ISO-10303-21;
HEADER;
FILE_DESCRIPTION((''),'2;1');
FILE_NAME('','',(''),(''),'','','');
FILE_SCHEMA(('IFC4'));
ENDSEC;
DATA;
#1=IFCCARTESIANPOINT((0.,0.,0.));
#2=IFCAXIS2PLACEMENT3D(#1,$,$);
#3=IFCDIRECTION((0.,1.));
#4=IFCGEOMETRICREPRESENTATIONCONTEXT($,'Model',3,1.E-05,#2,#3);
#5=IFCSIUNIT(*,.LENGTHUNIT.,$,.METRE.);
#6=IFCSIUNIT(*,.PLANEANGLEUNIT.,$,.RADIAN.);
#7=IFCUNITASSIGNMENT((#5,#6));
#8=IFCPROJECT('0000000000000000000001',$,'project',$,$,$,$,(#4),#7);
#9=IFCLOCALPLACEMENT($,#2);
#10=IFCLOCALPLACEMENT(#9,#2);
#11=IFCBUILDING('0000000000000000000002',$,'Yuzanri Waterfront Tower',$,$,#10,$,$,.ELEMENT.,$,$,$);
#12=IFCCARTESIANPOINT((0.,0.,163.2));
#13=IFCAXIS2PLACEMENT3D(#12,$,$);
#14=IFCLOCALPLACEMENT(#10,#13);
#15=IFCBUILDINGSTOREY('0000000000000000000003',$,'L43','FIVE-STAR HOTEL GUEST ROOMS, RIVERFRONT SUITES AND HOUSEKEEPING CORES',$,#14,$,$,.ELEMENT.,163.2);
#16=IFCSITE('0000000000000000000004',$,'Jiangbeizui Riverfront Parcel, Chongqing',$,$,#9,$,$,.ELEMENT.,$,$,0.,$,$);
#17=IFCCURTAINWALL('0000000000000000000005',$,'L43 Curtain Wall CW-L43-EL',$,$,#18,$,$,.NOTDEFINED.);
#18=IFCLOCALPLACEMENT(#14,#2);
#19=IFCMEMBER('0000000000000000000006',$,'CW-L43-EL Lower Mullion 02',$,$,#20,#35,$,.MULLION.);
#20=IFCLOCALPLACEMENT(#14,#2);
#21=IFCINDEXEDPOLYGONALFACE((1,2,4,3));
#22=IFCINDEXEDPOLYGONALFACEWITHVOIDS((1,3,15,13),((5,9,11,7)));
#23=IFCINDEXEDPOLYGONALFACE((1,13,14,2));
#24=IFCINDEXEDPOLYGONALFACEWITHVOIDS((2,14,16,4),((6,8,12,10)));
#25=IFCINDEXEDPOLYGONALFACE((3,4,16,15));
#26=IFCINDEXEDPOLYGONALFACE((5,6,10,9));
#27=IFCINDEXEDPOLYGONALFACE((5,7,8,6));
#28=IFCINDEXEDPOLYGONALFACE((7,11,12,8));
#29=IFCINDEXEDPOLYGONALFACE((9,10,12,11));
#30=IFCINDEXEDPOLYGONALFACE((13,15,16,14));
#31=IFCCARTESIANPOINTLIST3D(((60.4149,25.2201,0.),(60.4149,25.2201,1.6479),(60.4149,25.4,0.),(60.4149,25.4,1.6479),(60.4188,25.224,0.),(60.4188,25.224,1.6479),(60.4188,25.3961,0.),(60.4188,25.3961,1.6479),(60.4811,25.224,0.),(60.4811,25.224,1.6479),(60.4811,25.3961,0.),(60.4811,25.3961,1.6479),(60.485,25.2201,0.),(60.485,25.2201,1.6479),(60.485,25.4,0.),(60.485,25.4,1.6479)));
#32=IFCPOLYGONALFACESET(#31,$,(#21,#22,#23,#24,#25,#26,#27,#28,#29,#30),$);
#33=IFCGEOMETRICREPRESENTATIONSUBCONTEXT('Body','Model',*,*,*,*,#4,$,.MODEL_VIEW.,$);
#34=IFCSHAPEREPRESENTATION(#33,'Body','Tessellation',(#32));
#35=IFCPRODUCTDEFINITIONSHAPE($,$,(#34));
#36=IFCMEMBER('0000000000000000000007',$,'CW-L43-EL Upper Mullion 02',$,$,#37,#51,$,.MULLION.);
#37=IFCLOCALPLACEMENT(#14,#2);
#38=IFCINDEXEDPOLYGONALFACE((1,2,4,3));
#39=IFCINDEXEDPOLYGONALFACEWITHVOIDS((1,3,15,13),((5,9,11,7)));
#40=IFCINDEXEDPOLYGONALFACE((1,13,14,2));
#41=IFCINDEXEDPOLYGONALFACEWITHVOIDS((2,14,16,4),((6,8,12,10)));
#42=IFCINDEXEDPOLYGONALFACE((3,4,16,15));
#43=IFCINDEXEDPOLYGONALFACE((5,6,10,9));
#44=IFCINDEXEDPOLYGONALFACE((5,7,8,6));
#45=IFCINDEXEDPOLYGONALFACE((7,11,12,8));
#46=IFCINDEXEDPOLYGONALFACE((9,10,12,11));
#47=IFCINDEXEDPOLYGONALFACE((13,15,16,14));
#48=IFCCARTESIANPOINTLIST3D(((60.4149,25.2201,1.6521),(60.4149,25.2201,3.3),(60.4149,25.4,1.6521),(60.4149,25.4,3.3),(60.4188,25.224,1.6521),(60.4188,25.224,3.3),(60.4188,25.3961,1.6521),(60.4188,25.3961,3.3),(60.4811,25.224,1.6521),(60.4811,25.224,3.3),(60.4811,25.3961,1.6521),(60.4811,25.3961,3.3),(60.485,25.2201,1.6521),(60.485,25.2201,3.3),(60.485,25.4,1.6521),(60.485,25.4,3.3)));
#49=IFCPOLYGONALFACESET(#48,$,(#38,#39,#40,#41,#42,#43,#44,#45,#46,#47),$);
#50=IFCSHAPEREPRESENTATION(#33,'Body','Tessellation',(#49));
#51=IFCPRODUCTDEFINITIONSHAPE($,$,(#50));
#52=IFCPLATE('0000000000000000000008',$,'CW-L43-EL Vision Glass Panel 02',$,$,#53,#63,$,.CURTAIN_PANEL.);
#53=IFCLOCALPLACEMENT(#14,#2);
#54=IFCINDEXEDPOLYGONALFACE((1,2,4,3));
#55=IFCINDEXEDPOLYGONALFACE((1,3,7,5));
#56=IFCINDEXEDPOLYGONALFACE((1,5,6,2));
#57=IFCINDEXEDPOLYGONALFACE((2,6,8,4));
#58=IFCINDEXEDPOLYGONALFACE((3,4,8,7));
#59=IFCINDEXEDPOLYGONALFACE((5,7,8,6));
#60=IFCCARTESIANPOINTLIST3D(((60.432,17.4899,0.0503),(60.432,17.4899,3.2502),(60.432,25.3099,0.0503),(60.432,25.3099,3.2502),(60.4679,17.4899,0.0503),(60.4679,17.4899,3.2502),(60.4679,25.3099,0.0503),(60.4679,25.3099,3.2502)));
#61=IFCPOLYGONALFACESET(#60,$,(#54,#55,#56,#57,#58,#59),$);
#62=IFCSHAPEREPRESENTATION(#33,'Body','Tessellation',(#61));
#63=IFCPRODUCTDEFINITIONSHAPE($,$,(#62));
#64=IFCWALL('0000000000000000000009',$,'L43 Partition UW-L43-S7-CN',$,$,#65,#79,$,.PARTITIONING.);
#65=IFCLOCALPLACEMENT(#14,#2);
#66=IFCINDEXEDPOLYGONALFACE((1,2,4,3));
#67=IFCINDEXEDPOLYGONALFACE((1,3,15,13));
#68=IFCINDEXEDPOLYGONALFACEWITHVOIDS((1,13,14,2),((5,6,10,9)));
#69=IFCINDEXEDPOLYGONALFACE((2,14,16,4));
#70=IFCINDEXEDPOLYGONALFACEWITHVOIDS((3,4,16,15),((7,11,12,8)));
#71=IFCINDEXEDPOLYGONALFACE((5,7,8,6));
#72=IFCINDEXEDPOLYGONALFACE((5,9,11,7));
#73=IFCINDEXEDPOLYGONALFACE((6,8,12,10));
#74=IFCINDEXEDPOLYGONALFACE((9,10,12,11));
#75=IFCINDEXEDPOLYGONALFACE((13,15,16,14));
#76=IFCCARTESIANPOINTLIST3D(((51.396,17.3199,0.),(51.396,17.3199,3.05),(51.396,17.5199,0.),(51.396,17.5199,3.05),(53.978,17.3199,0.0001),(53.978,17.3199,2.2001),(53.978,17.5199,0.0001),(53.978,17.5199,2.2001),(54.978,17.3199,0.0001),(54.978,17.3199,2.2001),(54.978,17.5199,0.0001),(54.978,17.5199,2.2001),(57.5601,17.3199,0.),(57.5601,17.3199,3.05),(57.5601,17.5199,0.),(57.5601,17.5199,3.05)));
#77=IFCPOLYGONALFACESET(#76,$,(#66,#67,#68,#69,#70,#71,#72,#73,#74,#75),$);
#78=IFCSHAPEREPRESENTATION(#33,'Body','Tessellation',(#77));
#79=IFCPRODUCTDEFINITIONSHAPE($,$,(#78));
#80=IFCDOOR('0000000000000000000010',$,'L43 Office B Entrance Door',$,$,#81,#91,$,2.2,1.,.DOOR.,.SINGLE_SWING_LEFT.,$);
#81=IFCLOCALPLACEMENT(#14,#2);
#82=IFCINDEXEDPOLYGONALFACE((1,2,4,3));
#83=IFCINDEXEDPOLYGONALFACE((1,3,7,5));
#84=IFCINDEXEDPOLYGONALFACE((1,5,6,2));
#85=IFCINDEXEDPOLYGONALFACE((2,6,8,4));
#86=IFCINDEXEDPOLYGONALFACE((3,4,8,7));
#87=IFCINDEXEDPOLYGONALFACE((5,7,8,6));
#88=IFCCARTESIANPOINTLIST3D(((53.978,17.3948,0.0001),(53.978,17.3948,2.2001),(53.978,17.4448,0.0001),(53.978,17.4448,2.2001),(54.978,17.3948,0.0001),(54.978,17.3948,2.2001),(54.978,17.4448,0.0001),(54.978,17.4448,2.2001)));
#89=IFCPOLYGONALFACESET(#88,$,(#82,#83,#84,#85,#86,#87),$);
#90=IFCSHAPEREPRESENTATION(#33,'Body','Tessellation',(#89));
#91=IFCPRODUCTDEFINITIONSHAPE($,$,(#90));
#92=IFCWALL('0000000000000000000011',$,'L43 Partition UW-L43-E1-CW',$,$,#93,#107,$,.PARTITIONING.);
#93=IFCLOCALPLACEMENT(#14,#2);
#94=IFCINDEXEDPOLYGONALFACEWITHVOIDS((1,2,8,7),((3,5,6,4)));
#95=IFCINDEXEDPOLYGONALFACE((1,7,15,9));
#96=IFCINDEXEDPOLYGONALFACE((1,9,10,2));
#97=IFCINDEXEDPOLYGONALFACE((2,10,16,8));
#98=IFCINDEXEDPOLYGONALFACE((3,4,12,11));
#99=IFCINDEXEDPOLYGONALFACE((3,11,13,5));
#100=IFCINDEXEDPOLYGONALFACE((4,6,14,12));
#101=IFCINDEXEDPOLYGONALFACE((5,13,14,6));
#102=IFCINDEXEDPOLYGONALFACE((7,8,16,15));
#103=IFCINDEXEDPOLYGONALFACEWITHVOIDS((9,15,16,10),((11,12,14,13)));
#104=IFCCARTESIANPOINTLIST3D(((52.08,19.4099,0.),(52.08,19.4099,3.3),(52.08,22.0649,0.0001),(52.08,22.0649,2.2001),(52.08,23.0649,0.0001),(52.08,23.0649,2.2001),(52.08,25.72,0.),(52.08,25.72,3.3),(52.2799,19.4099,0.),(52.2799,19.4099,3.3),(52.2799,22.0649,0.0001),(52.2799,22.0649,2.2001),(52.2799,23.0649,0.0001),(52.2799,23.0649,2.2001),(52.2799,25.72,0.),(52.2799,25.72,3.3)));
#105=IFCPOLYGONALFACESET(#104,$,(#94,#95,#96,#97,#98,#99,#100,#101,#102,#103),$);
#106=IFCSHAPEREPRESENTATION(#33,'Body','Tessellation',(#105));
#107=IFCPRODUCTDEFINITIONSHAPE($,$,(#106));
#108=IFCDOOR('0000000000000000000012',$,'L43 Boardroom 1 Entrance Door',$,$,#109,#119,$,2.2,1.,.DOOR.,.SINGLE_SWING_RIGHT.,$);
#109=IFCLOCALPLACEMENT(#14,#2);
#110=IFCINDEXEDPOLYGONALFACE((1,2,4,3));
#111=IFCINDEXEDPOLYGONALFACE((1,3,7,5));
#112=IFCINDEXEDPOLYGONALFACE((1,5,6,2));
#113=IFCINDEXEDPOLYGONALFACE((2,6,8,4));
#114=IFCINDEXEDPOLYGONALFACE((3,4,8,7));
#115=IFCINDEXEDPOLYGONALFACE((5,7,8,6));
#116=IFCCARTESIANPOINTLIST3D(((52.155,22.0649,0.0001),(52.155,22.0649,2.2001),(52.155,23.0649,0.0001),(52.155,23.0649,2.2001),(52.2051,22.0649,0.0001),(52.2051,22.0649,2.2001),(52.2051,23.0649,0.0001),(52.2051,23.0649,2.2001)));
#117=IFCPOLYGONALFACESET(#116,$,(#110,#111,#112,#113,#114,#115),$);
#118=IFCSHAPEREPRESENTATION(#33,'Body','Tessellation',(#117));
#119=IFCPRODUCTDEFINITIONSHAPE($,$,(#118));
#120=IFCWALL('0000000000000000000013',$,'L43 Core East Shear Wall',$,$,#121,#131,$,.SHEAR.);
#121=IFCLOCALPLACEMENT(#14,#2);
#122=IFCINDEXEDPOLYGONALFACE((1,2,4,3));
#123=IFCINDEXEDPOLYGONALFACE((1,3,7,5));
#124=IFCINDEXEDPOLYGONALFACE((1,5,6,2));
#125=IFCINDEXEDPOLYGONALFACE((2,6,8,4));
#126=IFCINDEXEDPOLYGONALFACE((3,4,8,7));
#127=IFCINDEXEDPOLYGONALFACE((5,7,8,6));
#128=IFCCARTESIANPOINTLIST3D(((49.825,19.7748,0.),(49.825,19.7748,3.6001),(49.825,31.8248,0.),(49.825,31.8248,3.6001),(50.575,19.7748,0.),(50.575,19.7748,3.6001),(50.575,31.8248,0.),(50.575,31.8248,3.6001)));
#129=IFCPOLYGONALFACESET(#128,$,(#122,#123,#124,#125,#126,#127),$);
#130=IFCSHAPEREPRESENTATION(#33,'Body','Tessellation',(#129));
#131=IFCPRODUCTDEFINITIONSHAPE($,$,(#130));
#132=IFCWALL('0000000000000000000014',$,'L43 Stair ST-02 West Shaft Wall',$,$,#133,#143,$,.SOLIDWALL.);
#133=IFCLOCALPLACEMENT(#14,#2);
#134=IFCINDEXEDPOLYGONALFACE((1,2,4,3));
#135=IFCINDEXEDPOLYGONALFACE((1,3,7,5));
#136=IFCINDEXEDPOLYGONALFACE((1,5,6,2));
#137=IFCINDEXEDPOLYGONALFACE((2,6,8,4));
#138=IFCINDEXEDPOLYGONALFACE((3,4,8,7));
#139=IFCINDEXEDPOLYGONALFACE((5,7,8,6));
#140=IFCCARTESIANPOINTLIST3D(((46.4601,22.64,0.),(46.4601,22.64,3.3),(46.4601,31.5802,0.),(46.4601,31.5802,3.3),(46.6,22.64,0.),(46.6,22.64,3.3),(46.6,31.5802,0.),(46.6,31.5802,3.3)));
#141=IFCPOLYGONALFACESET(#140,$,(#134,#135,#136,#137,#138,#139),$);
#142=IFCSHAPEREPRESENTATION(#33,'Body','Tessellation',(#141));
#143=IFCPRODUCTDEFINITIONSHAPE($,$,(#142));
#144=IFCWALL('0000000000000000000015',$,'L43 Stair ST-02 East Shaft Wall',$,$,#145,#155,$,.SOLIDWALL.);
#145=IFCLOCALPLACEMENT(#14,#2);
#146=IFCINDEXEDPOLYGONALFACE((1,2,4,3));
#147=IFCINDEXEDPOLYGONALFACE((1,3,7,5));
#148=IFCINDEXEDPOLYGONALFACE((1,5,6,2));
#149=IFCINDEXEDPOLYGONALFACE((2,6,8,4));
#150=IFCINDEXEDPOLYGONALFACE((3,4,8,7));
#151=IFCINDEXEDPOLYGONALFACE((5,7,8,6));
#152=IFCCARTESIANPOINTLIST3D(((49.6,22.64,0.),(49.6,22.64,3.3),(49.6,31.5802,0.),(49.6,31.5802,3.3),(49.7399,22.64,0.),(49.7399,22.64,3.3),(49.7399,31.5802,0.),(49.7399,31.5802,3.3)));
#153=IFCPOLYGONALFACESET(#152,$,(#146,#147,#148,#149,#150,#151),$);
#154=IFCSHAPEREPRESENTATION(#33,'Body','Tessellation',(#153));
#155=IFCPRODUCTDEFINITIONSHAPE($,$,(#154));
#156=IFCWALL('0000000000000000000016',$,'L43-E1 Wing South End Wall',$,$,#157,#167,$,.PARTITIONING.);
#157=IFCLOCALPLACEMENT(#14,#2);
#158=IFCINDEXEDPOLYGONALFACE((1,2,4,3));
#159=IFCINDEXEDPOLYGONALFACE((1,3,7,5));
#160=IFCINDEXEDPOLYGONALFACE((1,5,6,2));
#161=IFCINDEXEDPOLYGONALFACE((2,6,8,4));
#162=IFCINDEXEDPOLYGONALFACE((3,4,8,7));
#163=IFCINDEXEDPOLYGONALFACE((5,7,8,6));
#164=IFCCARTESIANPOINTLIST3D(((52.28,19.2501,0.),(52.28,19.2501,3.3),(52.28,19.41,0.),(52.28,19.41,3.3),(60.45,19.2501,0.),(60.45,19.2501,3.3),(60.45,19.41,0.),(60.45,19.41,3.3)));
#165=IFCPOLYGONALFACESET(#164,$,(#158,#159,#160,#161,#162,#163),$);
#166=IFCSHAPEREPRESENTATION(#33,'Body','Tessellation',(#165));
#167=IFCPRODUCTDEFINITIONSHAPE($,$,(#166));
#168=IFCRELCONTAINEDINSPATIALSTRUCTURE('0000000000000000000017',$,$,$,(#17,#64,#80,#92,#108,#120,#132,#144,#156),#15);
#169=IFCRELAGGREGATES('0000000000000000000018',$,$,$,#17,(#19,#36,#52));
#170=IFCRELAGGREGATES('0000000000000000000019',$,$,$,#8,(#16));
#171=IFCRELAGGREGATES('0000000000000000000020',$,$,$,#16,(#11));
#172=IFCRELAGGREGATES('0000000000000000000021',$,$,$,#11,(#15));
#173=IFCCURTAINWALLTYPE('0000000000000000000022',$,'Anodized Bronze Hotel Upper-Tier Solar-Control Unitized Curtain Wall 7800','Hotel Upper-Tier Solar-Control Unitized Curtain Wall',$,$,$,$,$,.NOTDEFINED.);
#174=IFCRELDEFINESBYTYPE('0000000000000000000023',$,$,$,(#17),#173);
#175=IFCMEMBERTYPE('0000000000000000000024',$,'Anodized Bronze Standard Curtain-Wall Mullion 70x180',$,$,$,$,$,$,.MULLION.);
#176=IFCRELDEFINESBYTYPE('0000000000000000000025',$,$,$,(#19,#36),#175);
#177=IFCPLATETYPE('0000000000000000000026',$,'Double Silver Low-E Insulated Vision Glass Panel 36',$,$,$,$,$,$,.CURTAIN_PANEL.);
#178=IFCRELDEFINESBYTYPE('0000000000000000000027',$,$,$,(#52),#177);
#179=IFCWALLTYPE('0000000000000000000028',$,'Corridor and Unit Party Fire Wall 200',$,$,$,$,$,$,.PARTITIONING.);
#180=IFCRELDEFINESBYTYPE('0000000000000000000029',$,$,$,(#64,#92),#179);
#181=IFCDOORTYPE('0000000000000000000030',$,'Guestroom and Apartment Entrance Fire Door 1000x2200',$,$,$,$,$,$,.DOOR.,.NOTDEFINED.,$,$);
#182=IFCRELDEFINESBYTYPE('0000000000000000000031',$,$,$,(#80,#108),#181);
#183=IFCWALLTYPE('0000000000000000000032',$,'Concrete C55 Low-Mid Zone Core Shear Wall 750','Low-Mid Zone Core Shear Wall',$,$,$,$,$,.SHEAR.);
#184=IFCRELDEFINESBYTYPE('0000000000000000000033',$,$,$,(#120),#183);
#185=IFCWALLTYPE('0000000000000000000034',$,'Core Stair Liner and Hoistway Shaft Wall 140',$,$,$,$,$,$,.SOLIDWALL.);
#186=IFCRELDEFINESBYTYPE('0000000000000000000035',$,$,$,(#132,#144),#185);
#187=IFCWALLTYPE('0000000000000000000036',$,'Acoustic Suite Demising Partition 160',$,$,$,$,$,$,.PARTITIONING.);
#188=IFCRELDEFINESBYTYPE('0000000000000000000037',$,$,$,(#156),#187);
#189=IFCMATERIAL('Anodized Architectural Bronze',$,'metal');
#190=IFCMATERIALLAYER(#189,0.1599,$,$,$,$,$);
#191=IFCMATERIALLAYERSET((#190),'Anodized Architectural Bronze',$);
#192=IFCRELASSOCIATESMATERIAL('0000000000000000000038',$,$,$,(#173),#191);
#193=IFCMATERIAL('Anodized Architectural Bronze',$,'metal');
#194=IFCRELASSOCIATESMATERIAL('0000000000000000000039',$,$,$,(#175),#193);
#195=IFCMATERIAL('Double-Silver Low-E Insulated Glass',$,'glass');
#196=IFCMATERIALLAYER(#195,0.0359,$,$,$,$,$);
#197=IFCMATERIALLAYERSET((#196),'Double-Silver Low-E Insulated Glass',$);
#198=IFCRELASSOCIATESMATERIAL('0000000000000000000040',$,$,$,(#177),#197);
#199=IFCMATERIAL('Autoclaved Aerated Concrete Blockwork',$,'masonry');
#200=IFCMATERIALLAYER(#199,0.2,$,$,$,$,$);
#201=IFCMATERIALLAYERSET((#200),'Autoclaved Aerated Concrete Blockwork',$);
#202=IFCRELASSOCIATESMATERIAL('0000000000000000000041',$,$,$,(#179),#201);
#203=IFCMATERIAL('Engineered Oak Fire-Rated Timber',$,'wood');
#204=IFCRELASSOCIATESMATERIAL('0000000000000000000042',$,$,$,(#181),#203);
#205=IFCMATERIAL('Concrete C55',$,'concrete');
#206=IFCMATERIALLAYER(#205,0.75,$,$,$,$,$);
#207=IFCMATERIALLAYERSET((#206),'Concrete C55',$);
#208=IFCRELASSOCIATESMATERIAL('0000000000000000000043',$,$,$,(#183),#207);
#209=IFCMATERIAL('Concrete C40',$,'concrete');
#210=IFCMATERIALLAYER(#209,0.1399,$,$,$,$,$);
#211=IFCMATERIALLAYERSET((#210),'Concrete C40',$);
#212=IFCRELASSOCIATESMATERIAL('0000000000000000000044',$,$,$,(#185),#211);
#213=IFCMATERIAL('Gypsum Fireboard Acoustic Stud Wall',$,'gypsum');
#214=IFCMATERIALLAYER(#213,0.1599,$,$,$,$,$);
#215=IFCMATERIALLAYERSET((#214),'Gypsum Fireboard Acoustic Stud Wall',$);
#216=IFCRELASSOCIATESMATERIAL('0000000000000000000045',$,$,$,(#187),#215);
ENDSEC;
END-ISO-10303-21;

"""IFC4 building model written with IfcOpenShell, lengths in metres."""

from ifc_helpers import new_model, si_unit, direction, frame, frame_2d, origin, origin_2d, place, context, subcontext, project, spatial, rectangle, hollow_rectangle, extrude, source, transform, mapped, material, layer, layer_set, material_profile, profile_set, type_object, element, fill, aggregate, save


model = new_model("IFC4")

# Units and contexts
model_context = context("Model", 3, precision=1e-05, world=origin(), true_north=direction((0.0, 1.0)))
body_context = subcontext(model_context, "Body", "Model", "MODEL_VIEW")
ifc_project = project(units=[si_unit("LENGTHUNIT", "METRE"), si_unit("PLANEANGLEUNIT", "RADIAN")], contexts=[model_context])

# Site, building, storey
site_placement = place(None, origin())
site = spatial("IfcSite", under=ifc_project, at=site_placement, Name="Jiangbeizui Riverfront Parcel, Chongqing", CompositionType="ELEMENT", RefElevation=0.0)
building_placement = place(site_placement, origin())
building = spatial("IfcBuilding", under=site, at=building_placement, Name="Yuzanri Waterfront Tower", CompositionType="ELEMENT")
storey_placement = place(building_placement, frame((0.0, 0.0, 163.2)))
storey = spatial("IfcBuildingStorey", under=building, at=storey_placement, Name="L43", Description="FIVE-STAR HOTEL GUEST ROOMS, RIVERFRONT SUITES AND HOUSEKEEPING CORES", CompositionType="ELEMENT", Elevation=163.2)

# Curtain wall, members, plate
ifc_material_1 = material(Name="Anodized Architectural Bronze", Category="metal")
ifc_layer_1 = layer(ifc_material_1, 0.1599)
ifc_layer_set_1 = layer_set([ifc_layer_1], Name="Anodized Architectural Bronze")
curtain_wall_type = type_object("IfcCurtainWallType", Name="Anodized Bronze Hotel Upper-Tier Solar-Control Unitized Curtain Wall 7800", Description="Hotel Upper-Tier Solar-Control Unitized Curtain Wall", PredefinedType="NOTDEFINED", material=ifc_layer_set_1)
curtain_wall_placement = place(storey_placement, origin())
curtain_wall = element("IfcCurtainWall", 1, at=curtain_wall_placement, inside=storey, type_object=curtain_wall_type, Name="L43 Curtain Wall CW-L43-EL", PredefinedType="NOTDEFINED")
ifc_material_2 = material(Name="Anodized Architectural Bronze", Category="metal")
ifc_material_profile_1 = material_profile(ifc_material_2, hollow_rectangle(XDim=0.0701, YDim=0.1799, WallThickness=0.0039, at=origin_2d()), Name="CWM 70x180")
ifc_profile_set_1 = profile_set([ifc_material_profile_1], Name="Anodized Architectural Bronze")
member_type = type_object("IfcMemberType", Name="Anodized Bronze Standard Curtain-Wall Mullion 70x180", PredefinedType="MULLION", material=ifc_profile_set_1)
shared_shape_1 = source(origin(), body_context, "Body", "SweptSolid", [
    extrude(hollow_rectangle(XDim=0.0701, YDim=0.1799, WallThickness=0.0039, at=origin_2d()), origin(), (0.0, 0.0, 1.0), 1.6479),
])
member_1_placement = place(storey_placement, frame((60.45, 25.3101, 0.0), z_axis=(0.0, 0.0, 1.0), x_axis=(1.0, 0.0, 0.0)))
member_1 = element("IfcMember", 2, at=member_1_placement, type_object=member_type, Name="CW-L43-EL Lower Mullion 02", PredefinedType="MULLION", context=body_context, shape_type="MappedRepresentation", body=[
    mapped(shared_shape_1, transform((0.0, 0.0, 0.0), scale=1.0)),
])
member_2_placement = place(storey_placement, frame((60.45, 25.3101, 1.6521), z_axis=(0.0, 0.0, 1.0), x_axis=(1.0, 0.0, 0.0)))
member_2 = element("IfcMember", 3, at=member_2_placement, type_object=member_type, Name="CW-L43-EL Upper Mullion 02", PredefinedType="MULLION", context=body_context, shape_type="MappedRepresentation", body=[
    mapped(shared_shape_1, transform((0.0, 0.0, 0.0), scale=1.0)),
])
ifc_material_3 = material(Name="Double-Silver Low-E Insulated Glass", Category="glass")
ifc_layer_2 = layer(ifc_material_3, 0.0359)
ifc_layer_set_2 = layer_set([ifc_layer_2], Name="Double-Silver Low-E Insulated Glass")
plate_type = type_object("IfcPlateType", Name="Double Silver Low-E Insulated Vision Glass Panel 36", PredefinedType="CURTAIN_PANEL", material=ifc_layer_set_2)
shared_shape_2 = source(origin(), body_context, "Body", "SweptSolid", [
    extrude(rectangle(XDim=7.8201, YDim=0.0359, at=origin_2d()), origin(), (0.0, 0.0, 1.0), 3.2),
])
plate_placement = place(storey_placement, frame((60.45, 21.3999, 0.0503), z_axis=(0.0, 0.0, 1.0), x_axis=(0.0, 1.0, 0.0)))
plate = element("IfcPlate", 4, at=plate_placement, type_object=plate_type, Name="CW-L43-EL Vision Glass Panel 02", PredefinedType="CURTAIN_PANEL", context=body_context, shape_type="MappedRepresentation", body=[
    mapped(shared_shape_2, transform((0.0, 0.0, 0.0), scale=1.0)),
])
aggregate(curtain_wall, [member_1, member_2, plate])

# Walls, openings, doors
ifc_material_4 = material(Name="Autoclaved Aerated Concrete Blockwork", Category="masonry")
ifc_layer_3 = layer(ifc_material_4, 0.2)
ifc_layer_set_3 = layer_set([ifc_layer_3], Name="Autoclaved Aerated Concrete Blockwork")
wall_type_1 = type_object("IfcWallType", Name="Corridor and Unit Party Fire Wall 200", PredefinedType="PARTITIONING", material=ifc_layer_set_3)
wall_1_placement = place(storey_placement, frame((51.396, 17.4199, 0.0), z_axis=(0.0, 0.0, 1.0), x_axis=(1.0, 0.0, 0.0)))
wall_1 = element("IfcWall", 5, at=wall_1_placement, inside=storey, type_object=wall_type_1, Name="L43 Partition UW-L43-S7-CN", PredefinedType="PARTITIONING", context=body_context, shape_type="SweptSolid", body=[
    extrude(rectangle(XDim=6.1641, YDim=0.2, at=frame_2d((3.082, 0.0))), origin(), (0.0, 0.0, 1.0), 3.05),
])
opening_1_placement = place(wall_1_placement, frame((2.582, 0.0, 0.0)))
opening_1 = element("IfcOpeningElement", 6, at=opening_1_placement, cuts=wall_1, PredefinedType="OPENING", context=body_context, shape_type="SweptSolid", body=[
    extrude(rectangle(XDim=1.0, YDim=2.2, at=frame_2d((0.5, 1.1001))), frame((0.0, 0.1147, 0.0), z_axis=(0.0, -1.0, 0.0), x_axis=(1.0, 0.0, 0.0)), (0.0, 0.0, 1.0), 0.2297),
])
ifc_material_5 = material(Name="Engineered Oak Fire-Rated Timber", Category="wood")
door_type = type_object("IfcDoorType", Name="Guestroom and Apartment Entrance Fire Door 1000x2200", OperationType="NOTDEFINED", PredefinedType="DOOR", material=ifc_material_5)
shared_shape_3 = source(origin(), body_context, "Body", "SweptSolid", [
    extrude(rectangle(XDim=1.0, YDim=2.2, at=frame_2d((0.5, 1.1001))), frame((0.0, 0.0249, 0.0), z_axis=(0.0, -1.0, 0.0), x_axis=(1.0, 0.0, 0.0)), (0.0, 0.0, 1.0), 0.05),
])
door_1_placement = place(opening_1_placement, origin())
door_1 = element("IfcDoor", 7, at=door_1_placement, inside=storey, type_object=door_type, Name="L43 Office B Entrance Door", OperationType="SINGLE_SWING_LEFT", OverallHeight=2.2, OverallWidth=1.0, PredefinedType="DOOR", context=body_context, shape_type="MappedRepresentation", body=[
    mapped(shared_shape_3, transform((0.0, 0.0, 0.0), scale=1.0)),
])
fill(opening_1, door_1)
wall_2_placement = place(storey_placement, frame((52.1799, 19.4099, 0.0), z_axis=(0.0, 0.0, 1.0), x_axis=(0.0, 1.0, 0.0)))
wall_2 = element("IfcWall", 8, at=wall_2_placement, inside=storey, type_object=wall_type_1, Name="L43 Partition UW-L43-E1-CW", PredefinedType="PARTITIONING", context=body_context, shape_type="SweptSolid", body=[
    extrude(rectangle(XDim=6.3101, YDim=0.2, at=frame_2d((3.155, 0.0))), origin(), (0.0, 0.0, 1.0), 3.3),
])
opening_2_placement = place(wall_2_placement, frame((2.655, 0.0, 0.0)))
opening_2 = element("IfcOpeningElement", 9, at=opening_2_placement, cuts=wall_2, PredefinedType="OPENING", context=body_context, shape_type="SweptSolid", body=[
    extrude(rectangle(XDim=1.0, YDim=2.2, at=frame_2d((0.5, 1.1001))), frame((0.0, 0.1147, 0.0), z_axis=(0.0, -1.0, 0.0), x_axis=(1.0, 0.0, 0.0)), (0.0, 0.0, 1.0), 0.2297),
])
door_2_placement = place(opening_2_placement, origin())
door_2 = element("IfcDoor", 10, at=door_2_placement, inside=storey, type_object=door_type, Name="L43 Boardroom 1 Entrance Door", OperationType="SINGLE_SWING_RIGHT", OverallHeight=2.2, OverallWidth=1.0, PredefinedType="DOOR", context=body_context, shape_type="MappedRepresentation", body=[
    mapped(shared_shape_3, transform((0.0, 0.0, 0.0), scale=1.0)),
])
fill(opening_2, door_2)

# Walls
ifc_material_6 = material(Name="Concrete C55", Category="concrete")
ifc_layer_4 = layer(ifc_material_6, 0.75)
ifc_layer_set_4 = layer_set([ifc_layer_4], Name="Concrete C55")
wall_type_2 = type_object("IfcWallType", Name="Concrete C55 Low-Mid Zone Core Shear Wall 750", Description="Low-Mid Zone Core Shear Wall", PredefinedType="SHEAR", material=ifc_layer_set_4)
shared_shape_4 = source(origin(), body_context, "Body", "SweptSolid", [
    extrude(rectangle(XDim=12.05, YDim=0.75, at=frame_2d((6.0249, 0.0))), origin(), (0.0, 0.0, 1.0), 3.6001),
])
wall_3_placement = place(storey_placement, frame((50.2, 19.7749, 0.0), z_axis=(0.0, 0.0, 1.0), x_axis=(0.0, 1.0, 0.0)))
element("IfcWall", 11, at=wall_3_placement, inside=storey, type_object=wall_type_2, Name="L43 Core East Shear Wall", PredefinedType="SHEAR", context=body_context, shape_type="MappedRepresentation", body=[
    mapped(shared_shape_4, transform((0.0, 0.0, 0.0), scale=1.0)),
])
ifc_material_7 = material(Name="Concrete C40", Category="concrete")
ifc_layer_5 = layer(ifc_material_7, 0.1399)
ifc_layer_set_5 = layer_set([ifc_layer_5], Name="Concrete C40")
wall_type_3 = type_object("IfcWallType", Name="Core Stair Liner and Hoistway Shaft Wall 140", PredefinedType="SOLIDWALL", material=ifc_layer_set_5)
shared_shape_5 = source(origin(), body_context, "Body", "SweptSolid", [
    extrude(rectangle(XDim=8.9402, YDim=0.1399, at=frame_2d((4.4702, 0.0))), origin(), (0.0, 0.0, 1.0), 3.3),
])
for number, where, z_axis, x_axis, name in (
    (12, (46.53, 22.6399, 0.0), (0.0, 0.0, 1.0), (0.0, 1.0, 0.0), "L43 Stair ST-02 West Shaft Wall"),
    (13, (49.6699, 22.6399, 0.0), (0.0, 0.0, 1.0), (0.0, 1.0, 0.0), "L43 Stair ST-02 East Shaft Wall"),
):
    element("IfcWall", number, at=place(storey_placement, frame(where, z_axis=z_axis, x_axis=x_axis)), inside=storey, type_object=wall_type_3, Name=name, PredefinedType="SOLIDWALL", context=body_context, shape_type="MappedRepresentation", body=[
        mapped(shared_shape_5, transform((0.0, 0.0, 0.0), scale=1.0)),
    ])
ifc_material_8 = material(Name="Gypsum Fireboard Acoustic Stud Wall", Category="gypsum")
ifc_layer_6 = layer(ifc_material_8, 0.1599)
ifc_layer_set_6 = layer_set([ifc_layer_6], Name="Gypsum Fireboard Acoustic Stud Wall")
wall_type_4 = type_object("IfcWallType", Name="Acoustic Suite Demising Partition 160", PredefinedType="PARTITIONING", material=ifc_layer_set_6)
shared_shape_6 = source(origin(), body_context, "Body", "SweptSolid", [
    extrude(rectangle(XDim=8.1699, YDim=0.1599, at=frame_2d((4.085, 0.0))), origin(), (0.0, 0.0, 1.0), 3.3),
])
wall_4_placement = place(storey_placement, frame((52.28, 19.3301, 0.0), z_axis=(0.0, 0.0, 1.0), x_axis=(1.0, 0.0, 0.0)))
element("IfcWall", 14, at=wall_4_placement, inside=storey, type_object=wall_type_4, Name="L43-E1 Wing South End Wall", PredefinedType="PARTITIONING", context=body_context, shape_type="MappedRepresentation", body=[
    mapped(shared_shape_6, transform((0.0, 0.0, 0.0), scale=1.0)),
])

save(model, "model.ifc")
